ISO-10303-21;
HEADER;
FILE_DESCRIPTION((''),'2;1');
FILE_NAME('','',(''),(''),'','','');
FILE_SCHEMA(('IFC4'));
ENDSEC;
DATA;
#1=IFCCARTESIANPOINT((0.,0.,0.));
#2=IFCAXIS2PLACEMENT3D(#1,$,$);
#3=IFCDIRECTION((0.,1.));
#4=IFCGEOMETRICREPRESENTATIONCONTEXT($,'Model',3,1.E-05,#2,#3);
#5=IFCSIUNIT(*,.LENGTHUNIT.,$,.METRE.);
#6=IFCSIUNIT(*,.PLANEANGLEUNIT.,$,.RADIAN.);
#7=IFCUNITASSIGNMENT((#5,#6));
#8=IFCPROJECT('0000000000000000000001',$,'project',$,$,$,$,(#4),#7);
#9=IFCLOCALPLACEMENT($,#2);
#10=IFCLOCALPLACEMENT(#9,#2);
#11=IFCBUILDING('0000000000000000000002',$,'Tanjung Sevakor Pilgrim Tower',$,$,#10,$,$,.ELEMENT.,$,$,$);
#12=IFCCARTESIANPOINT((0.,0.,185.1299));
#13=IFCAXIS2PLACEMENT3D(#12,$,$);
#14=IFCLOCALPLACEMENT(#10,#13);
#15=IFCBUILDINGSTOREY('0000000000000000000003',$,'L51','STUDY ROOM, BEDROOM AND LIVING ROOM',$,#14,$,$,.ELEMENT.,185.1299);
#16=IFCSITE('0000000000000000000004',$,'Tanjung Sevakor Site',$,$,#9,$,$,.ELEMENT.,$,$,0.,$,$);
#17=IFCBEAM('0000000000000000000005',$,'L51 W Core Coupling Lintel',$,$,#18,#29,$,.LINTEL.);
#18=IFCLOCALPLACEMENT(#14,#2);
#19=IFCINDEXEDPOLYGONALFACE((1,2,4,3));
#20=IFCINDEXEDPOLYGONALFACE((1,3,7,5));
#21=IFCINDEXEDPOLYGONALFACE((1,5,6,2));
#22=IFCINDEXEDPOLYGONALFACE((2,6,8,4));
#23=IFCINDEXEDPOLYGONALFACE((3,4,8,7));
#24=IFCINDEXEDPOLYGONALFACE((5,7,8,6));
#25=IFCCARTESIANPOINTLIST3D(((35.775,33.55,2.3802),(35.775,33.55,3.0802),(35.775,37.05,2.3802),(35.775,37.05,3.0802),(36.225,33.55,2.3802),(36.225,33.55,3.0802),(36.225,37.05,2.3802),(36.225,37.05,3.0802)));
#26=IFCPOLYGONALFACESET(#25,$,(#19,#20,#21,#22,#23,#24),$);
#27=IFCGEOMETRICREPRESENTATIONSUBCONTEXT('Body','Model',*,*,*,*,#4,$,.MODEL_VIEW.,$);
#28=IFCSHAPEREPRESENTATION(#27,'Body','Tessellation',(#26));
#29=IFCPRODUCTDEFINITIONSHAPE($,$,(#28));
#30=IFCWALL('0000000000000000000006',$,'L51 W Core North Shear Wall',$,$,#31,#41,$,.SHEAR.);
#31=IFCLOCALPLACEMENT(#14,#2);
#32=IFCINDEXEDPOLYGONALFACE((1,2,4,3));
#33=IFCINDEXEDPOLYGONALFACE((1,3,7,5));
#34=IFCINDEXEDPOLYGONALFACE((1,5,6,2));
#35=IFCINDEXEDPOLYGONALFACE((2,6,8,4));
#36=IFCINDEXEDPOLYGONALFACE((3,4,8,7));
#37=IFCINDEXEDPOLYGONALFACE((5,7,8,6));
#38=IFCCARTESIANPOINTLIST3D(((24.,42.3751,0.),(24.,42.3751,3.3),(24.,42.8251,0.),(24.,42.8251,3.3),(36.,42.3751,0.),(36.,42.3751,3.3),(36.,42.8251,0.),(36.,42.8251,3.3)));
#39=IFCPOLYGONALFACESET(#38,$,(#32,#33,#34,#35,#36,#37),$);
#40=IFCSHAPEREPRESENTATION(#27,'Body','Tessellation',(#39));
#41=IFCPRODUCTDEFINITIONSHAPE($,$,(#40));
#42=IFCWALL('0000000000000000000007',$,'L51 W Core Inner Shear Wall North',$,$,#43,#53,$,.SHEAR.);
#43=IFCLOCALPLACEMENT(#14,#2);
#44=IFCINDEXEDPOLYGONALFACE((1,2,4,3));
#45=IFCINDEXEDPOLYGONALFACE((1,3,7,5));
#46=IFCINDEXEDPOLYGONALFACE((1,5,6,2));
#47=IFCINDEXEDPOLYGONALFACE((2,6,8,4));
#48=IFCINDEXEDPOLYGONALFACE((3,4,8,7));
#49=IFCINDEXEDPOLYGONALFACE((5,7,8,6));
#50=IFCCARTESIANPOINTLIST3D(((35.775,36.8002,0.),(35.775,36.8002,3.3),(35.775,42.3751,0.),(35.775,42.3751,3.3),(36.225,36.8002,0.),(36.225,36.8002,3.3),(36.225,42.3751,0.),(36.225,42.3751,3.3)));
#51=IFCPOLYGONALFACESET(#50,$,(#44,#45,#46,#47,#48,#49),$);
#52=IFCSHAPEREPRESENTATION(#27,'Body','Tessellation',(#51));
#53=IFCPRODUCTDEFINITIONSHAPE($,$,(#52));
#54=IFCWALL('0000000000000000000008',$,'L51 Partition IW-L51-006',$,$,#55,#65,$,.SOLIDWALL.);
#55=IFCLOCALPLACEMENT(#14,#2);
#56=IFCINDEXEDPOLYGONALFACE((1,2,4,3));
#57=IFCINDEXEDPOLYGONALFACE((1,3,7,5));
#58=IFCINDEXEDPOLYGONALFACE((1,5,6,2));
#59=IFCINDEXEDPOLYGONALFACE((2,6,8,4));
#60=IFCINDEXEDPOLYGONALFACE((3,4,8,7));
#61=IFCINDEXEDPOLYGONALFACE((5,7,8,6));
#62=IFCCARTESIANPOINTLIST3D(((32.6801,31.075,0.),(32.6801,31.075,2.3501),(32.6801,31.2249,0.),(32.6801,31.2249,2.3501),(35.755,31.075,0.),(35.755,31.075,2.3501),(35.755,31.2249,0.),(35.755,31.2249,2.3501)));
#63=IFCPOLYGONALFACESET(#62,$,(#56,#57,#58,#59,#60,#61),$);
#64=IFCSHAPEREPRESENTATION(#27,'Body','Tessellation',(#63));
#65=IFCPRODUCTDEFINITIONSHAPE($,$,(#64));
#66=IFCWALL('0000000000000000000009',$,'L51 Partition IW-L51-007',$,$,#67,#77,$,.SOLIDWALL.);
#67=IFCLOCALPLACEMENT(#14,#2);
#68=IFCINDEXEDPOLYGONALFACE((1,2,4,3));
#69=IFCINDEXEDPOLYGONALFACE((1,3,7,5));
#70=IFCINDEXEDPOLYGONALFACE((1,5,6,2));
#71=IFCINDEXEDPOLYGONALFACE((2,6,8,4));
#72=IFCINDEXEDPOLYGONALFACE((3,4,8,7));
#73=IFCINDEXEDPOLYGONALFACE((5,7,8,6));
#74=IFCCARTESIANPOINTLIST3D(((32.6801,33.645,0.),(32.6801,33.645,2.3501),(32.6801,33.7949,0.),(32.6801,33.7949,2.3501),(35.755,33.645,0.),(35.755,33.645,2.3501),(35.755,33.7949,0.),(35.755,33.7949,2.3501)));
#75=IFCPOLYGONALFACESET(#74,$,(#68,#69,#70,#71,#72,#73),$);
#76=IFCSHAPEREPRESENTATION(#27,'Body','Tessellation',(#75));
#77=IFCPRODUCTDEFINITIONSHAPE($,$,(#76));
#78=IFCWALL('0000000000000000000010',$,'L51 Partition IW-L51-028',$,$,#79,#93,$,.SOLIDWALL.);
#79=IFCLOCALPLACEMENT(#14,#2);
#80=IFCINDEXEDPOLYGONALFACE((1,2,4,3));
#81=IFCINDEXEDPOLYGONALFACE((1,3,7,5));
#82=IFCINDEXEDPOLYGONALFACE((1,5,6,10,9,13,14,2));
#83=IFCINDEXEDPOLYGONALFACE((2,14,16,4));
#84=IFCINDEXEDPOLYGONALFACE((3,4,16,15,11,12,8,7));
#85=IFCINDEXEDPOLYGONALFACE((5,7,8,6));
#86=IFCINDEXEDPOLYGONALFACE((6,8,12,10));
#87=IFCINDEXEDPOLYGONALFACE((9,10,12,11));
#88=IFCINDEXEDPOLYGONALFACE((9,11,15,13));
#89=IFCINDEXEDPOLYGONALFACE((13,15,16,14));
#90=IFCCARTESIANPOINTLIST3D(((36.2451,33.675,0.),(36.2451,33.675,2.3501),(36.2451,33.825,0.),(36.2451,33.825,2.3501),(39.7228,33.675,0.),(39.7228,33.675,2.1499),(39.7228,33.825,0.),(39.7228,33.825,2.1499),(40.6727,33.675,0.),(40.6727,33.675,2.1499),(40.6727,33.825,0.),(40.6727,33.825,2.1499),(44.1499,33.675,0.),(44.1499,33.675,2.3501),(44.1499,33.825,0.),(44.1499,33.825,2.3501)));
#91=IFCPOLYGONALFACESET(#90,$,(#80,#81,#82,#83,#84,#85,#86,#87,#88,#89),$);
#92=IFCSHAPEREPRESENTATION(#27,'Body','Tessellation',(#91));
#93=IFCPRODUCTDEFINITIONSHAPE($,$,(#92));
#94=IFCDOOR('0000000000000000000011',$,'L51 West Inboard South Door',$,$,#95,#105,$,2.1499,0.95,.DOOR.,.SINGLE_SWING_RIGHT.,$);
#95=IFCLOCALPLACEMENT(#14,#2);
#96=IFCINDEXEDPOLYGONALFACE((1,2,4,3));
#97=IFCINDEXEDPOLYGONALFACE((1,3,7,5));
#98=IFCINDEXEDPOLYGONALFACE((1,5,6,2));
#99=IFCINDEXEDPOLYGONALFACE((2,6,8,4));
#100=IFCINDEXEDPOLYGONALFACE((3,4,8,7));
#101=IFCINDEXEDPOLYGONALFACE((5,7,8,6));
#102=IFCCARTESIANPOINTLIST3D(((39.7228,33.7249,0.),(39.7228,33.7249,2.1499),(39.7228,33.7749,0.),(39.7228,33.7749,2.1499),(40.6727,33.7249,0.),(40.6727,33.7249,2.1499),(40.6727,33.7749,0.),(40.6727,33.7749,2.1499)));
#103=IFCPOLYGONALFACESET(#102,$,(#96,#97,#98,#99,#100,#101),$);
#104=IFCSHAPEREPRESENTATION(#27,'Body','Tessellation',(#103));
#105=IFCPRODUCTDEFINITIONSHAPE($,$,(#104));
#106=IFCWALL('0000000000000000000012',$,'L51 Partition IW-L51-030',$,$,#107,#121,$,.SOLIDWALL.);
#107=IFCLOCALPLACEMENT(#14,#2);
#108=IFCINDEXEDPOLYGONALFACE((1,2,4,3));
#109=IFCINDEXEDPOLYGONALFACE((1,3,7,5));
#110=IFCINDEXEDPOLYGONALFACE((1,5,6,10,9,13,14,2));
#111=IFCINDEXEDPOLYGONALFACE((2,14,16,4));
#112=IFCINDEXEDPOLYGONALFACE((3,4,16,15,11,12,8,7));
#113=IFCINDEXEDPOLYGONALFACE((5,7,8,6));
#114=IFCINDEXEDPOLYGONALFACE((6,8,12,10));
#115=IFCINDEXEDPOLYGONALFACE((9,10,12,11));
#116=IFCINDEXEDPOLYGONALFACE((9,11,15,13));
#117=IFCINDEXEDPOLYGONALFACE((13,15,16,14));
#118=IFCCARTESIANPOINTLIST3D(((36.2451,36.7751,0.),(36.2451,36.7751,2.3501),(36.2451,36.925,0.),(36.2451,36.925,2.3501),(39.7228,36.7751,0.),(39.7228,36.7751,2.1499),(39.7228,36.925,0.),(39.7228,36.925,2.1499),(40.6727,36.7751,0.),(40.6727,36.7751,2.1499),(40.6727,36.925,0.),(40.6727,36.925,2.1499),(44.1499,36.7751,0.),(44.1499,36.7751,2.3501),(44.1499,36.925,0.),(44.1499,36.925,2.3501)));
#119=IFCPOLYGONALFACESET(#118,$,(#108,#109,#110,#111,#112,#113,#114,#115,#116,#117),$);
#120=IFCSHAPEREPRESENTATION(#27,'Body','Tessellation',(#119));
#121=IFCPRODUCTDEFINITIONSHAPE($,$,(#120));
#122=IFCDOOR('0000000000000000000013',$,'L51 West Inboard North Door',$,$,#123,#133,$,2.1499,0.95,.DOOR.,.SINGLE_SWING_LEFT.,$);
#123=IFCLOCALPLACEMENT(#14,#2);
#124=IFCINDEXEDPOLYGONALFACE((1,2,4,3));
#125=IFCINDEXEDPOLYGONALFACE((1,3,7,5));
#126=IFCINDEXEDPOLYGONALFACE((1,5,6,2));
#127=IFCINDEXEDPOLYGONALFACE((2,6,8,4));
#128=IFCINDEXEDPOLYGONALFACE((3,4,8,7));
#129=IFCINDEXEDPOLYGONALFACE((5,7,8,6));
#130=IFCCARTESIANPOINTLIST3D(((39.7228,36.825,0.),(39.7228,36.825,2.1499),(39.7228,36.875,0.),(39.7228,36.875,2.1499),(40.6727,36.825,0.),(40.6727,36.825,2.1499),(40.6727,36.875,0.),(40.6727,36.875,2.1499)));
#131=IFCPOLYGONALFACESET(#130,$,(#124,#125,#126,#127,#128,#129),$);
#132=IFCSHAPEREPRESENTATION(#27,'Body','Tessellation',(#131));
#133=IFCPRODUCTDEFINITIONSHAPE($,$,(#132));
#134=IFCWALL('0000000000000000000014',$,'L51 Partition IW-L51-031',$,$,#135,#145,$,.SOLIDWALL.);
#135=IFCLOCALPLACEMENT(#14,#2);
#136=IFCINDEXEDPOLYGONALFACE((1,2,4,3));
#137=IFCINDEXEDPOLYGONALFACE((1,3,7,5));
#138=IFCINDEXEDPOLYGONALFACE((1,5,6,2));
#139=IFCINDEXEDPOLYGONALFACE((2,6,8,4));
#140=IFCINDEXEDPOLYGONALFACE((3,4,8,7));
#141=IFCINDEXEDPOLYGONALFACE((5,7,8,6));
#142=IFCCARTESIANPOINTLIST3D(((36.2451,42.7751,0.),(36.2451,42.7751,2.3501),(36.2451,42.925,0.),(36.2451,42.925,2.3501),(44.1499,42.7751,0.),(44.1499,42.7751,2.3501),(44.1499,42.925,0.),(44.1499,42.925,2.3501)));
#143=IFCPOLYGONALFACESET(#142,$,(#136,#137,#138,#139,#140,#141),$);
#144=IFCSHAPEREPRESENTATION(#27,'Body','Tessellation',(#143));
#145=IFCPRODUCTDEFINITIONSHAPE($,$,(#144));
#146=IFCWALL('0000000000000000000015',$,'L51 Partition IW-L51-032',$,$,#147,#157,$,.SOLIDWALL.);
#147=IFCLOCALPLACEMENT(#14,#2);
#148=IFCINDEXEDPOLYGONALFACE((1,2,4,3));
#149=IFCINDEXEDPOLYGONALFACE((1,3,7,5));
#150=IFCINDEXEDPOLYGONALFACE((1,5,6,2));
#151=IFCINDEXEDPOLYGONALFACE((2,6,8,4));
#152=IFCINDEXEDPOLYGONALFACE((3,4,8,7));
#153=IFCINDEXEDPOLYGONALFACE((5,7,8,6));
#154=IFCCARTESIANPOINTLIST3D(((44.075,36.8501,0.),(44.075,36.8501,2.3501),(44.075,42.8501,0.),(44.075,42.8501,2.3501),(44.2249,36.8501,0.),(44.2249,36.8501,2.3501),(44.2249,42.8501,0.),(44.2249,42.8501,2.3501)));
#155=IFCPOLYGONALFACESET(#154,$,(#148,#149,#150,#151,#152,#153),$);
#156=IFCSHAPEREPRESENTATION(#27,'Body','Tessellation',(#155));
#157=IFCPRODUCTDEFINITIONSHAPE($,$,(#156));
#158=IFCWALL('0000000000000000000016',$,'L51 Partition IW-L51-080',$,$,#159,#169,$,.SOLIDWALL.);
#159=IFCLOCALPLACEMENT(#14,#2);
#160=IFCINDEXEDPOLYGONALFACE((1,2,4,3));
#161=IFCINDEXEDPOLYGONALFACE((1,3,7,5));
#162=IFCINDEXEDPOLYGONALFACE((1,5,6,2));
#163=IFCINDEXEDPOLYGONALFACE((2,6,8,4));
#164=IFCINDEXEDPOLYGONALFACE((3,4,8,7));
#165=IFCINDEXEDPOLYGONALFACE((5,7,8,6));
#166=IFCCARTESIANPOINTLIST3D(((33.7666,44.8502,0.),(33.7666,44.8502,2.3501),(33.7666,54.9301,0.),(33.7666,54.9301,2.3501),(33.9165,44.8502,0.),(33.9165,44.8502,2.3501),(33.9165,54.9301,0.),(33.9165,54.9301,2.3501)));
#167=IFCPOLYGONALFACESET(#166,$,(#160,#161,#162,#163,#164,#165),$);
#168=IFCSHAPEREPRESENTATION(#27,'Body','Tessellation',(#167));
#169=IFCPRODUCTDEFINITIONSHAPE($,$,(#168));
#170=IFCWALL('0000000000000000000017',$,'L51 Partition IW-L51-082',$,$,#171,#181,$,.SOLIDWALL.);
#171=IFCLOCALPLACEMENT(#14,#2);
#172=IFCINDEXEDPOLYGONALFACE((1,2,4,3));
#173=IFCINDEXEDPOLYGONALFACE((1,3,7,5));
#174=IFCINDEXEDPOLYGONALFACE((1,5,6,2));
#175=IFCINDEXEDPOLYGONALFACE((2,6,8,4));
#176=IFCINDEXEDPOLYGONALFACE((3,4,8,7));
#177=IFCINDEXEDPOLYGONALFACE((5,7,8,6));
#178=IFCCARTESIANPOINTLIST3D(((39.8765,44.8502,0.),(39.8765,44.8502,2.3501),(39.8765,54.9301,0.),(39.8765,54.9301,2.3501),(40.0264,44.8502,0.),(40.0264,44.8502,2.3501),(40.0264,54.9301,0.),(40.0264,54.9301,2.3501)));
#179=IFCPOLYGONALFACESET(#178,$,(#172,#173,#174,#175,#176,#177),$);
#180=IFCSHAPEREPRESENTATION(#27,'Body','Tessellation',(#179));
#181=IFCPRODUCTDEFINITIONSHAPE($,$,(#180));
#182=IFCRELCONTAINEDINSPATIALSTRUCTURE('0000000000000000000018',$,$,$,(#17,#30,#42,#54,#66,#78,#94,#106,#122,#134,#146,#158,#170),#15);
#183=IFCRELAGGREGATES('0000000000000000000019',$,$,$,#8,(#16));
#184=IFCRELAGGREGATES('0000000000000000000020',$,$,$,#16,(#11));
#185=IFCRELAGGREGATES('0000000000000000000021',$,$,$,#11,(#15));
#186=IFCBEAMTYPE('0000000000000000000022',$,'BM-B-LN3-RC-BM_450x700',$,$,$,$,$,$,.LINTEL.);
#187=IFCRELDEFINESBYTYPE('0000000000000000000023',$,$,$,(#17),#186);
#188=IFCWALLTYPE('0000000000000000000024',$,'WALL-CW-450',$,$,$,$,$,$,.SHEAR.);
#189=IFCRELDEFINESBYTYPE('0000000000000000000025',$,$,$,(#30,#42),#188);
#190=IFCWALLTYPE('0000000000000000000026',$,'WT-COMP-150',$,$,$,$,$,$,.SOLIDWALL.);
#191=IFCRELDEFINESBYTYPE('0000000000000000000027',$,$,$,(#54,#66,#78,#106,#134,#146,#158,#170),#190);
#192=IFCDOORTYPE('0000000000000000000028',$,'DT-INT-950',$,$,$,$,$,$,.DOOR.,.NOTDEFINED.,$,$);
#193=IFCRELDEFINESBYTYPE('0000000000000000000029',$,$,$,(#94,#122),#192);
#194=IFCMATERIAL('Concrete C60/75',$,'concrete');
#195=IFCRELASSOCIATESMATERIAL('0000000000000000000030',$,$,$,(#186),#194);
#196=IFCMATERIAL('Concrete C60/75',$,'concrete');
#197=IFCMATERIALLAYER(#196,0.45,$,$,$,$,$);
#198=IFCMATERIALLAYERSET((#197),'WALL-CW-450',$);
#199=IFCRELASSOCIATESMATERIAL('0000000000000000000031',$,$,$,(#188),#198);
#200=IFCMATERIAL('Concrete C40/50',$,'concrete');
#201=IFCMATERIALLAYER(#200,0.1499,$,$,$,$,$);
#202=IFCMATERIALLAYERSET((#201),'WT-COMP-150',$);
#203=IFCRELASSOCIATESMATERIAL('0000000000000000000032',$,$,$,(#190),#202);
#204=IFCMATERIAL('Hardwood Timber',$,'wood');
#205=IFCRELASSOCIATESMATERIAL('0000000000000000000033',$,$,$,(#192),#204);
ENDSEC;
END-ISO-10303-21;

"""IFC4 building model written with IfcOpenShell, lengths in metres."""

from ifc_helpers import new_model, si_unit, direction, frame, frame_2d, origin, origin_2d, place, context, subcontext, project, spatial, rectangle, extrude, material, layer, layer_set, material_profile, profile_set, type_object, element, fill, save


model = new_model("IFC4")

# Units and contexts
model_context = context("Model", 3, precision=1e-05, world=origin(), true_north=direction((0.0, 1.0)))
body_context = subcontext(model_context, "Body", "Model", "MODEL_VIEW")
ifc_project = project(units=[si_unit("LENGTHUNIT", "METRE"), si_unit("PLANEANGLEUNIT", "RADIAN")], contexts=[model_context])

# Site, building, storey
site_placement = place(None, origin())
site = spatial("IfcSite", under=ifc_project, at=site_placement, Name="Tanjung Sevakor Site", CompositionType="ELEMENT", RefElevation=0.0)
building_placement = place(site_placement, origin())
building = spatial("IfcBuilding", under=site, at=building_placement, Name="Tanjung Sevakor Pilgrim Tower", CompositionType="ELEMENT")
storey_placement = place(building_placement, frame((0.0, 0.0, 185.1299)))
storey = spatial("IfcBuildingStorey", under=building, at=storey_placement, Name="L51", Description="STUDY ROOM, BEDROOM AND LIVING ROOM", CompositionType="ELEMENT", Elevation=185.1299)

# Beam
ifc_material_1 = material(Name="Concrete C60/75", Category="concrete")
ifc_material_profile_1 = material_profile(ifc_material_1, rectangle(XDim=0.45, YDim=0.7, at=origin_2d()))
ifc_profile_set_1 = profile_set([ifc_material_profile_1], Name="Concrete C60/75")
beam_type_1 = type_object("IfcBeamType", Name="BM-B-LN3-RC-BM_450x700", PredefinedType="LINTEL", material=ifc_profile_set_1)
beam_1_placement = place(storey_placement, frame((36.0, 33.55, 2.7302), z_axis=(0.0, 1.0, 0.0), x_axis=(-1.0, 0.0, 0.0)))
element("IfcBeam", 1, at=beam_1_placement, inside=storey, type_object=beam_type_1, Name="L51 W Core Coupling Lintel", PredefinedType="LINTEL", context=body_context, shape_type="SweptSolid", body=[
    extrude(rectangle(XDim=0.45, YDim=0.7, at=origin_2d()), origin(), (0.0, 0.0, 1.0), 3.5),
])

# Walls
ifc_material_2 = material(Name="Concrete C60/75", Category="concrete")
ifc_layer_1 = layer(ifc_material_2, 0.45)
ifc_layer_set_1 = layer_set([ifc_layer_1], Name="WALL-CW-450")
wall_type_1 = type_object("IfcWallType", Name="WALL-CW-450", PredefinedType="SHEAR", material=ifc_layer_set_1)
wall_1_placement = place(storey_placement, frame((36.0, 42.6001, 0.0), z_axis=(0.0, 0.0, 1.0), x_axis=(-1.0, 0.0, 0.0)))
element("IfcWall", 2, at=wall_1_placement, inside=storey, type_object=wall_type_1, Name="L51 W Core North Shear Wall", PredefinedType="SHEAR", context=body_context, shape_type="SweptSolid", body=[
    extrude(rectangle(XDim=12.0, YDim=0.45, at=frame_2d((6.0, 0.0))), origin(), (0.0, 0.0, 1.0), 3.3),
])
wall_2_placement = place(storey_placement, frame((36.0, 36.8, 0.0), z_axis=(0.0, 0.0, 1.0), x_axis=(0.0, 1.0, 0.0)))
element("IfcWall", 3, at=wall_2_placement, inside=storey, type_object=wall_type_1, Name="L51 W Core Inner Shear Wall North", PredefinedType="SHEAR", context=body_context, shape_type="SweptSolid", body=[
    extrude(rectangle(XDim=5.575, YDim=0.45, at=frame_2d((2.7876, 0.0))), origin(), (0.0, 0.0, 1.0), 3.3),
])
ifc_material_3 = material(Name="Concrete C40/50", Category="concrete")
ifc_layer_2 = layer(ifc_material_3, 0.1499)
ifc_layer_set_2 = layer_set([ifc_layer_2], Name="WT-COMP-150")
wall_type_2 = type_object("IfcWallType", Name="WT-COMP-150", PredefinedType="SOLIDWALL", material=ifc_layer_set_2)
for number, where, z_axis, x_axis, name in (
    (4, (32.6799, 31.1499, 0.0), (0.0, 0.0, 1.0), (1.0, 0.0, 0.0), "L51 Partition IW-L51-006"),
    (5, (32.6799, 33.72, 0.0), (0.0, 0.0, 1.0), (1.0, 0.0, 0.0), "L51 Partition IW-L51-007"),
):
    element("IfcWall", number, at=place(storey_placement, frame(where, z_axis=z_axis, x_axis=x_axis)), inside=storey, type_object=wall_type_2, Name=name, PredefinedType="SOLIDWALL", context=body_context, shape_type="SweptSolid", body=[
        extrude(rectangle(XDim=3.075, YDim=0.1499, at=frame_2d((1.5376, 0.0))), origin(), (0.0, 0.0, 1.0), 2.3501),
    ])

# Walls, openings, doors
wall_3_placement = place(storey_placement, frame((36.2451, 33.75, 0.0), z_axis=(0.0, 0.0, 1.0), x_axis=(1.0, 0.0, 0.0)))
wall_3 = element("IfcWall", 6, at=wall_3_placement, inside=storey, type_object=wall_type_2, Name="L51 Partition IW-L51-028", PredefinedType="SOLIDWALL", context=body_context, shape_type="SweptSolid", body=[
    extrude(rectangle(XDim=7.9048, YDim=0.1499, at=frame_2d((3.9524, 0.0))), origin(), (0.0, 0.0, 1.0), 2.3501),
])
opening_1_placement = place(wall_3_placement, frame((3.4775, 0.0, 0.0)))
opening_1 = element("IfcOpeningElement", 7, at=opening_1_placement, cuts=wall_3, PredefinedType="OPENING", context=body_context, shape_type="SweptSolid", body=[
    extrude(rectangle(XDim=0.95, YDim=2.1499, at=frame_2d((0.4751, 1.075))), frame((0.0, 0.085, 0.0), z_axis=(0.0, -1.0, 0.0), x_axis=(1.0, 0.0, 0.0)), (0.0, 0.0, 1.0), 0.1699),
])
ifc_material_4 = material(Name="Hardwood Timber", Category="wood")
door_type_1 = type_object("IfcDoorType", Name="DT-INT-950", OperationType="NOTDEFINED", PredefinedType="DOOR", material=ifc_material_4)
door_1_placement = place(opening_1_placement, origin())
door_1 = element("IfcDoor", 8, at=door_1_placement, inside=storey, type_object=door_type_1, Name="L51 West Inboard South Door", OperationType="SINGLE_SWING_RIGHT", OverallHeight=2.1499, OverallWidth=0.95, PredefinedType="DOOR", context=body_context, shape_type="SweptSolid", body=[
    extrude(rectangle(XDim=0.95, YDim=2.1499, at=frame_2d((0.4751, 1.075))), frame((0.0, 0.0249, 0.0), z_axis=(0.0, -1.0, 0.0), x_axis=(1.0, 0.0, 0.0)), (0.0, 0.0, 1.0), 0.05),
])
fill(opening_1, door_1)
wall_4_placement = place(storey_placement, frame((36.2451, 36.8501, 0.0), z_axis=(0.0, 0.0, 1.0), x_axis=(1.0, 0.0, 0.0)))
wall_4 = element("IfcWall", 9, at=wall_4_placement, inside=storey, type_object=wall_type_2, Name="L51 Partition IW-L51-030", PredefinedType="SOLIDWALL", context=body_context, shape_type="SweptSolid", body=[
    extrude(rectangle(XDim=7.9048, YDim=0.1499, at=frame_2d((3.9524, 0.0))), origin(), (0.0, 0.0, 1.0), 2.3501),
])
opening_2_placement = place(wall_4_placement, frame((3.4775, 0.0, 0.0)))
opening_2 = element("IfcOpeningElement", 10, at=opening_2_placement, cuts=wall_4, PredefinedType="OPENING", context=body_context, shape_type="SweptSolid", body=[
    extrude(rectangle(XDim=0.95, YDim=2.1499, at=frame_2d((0.4751, 1.075))), frame((0.0, 0.085, 0.0), z_axis=(0.0, -1.0, 0.0), x_axis=(1.0, 0.0, 0.0)), (0.0, 0.0, 1.0), 0.1699),
])
door_2_placement = place(opening_2_placement, origin())
door_2 = element("IfcDoor", 11, at=door_2_placement, inside=storey, type_object=door_type_1, Name="L51 West Inboard North Door", OperationType="SINGLE_SWING_LEFT", OverallHeight=2.1499, OverallWidth=0.95, PredefinedType="DOOR", context=body_context, shape_type="SweptSolid", body=[
    extrude(rectangle(XDim=0.95, YDim=2.1499, at=frame_2d((0.4751, 1.075))), frame((0.0, 0.0249, 0.0), z_axis=(0.0, -1.0, 0.0), x_axis=(1.0, 0.0, 0.0)), (0.0, 0.0, 1.0), 0.05),
])
fill(opening_2, door_2)

# Walls
wall_5_placement = place(storey_placement, frame((36.2451, 42.8501, 0.0), z_axis=(0.0, 0.0, 1.0), x_axis=(1.0, 0.0, 0.0)))
element("IfcWall", 12, at=wall_5_placement, inside=storey, type_object=wall_type_2, Name="L51 Partition IW-L51-031", PredefinedType="SOLIDWALL", context=body_context, shape_type="SweptSolid", body=[
    extrude(rectangle(XDim=7.9048, YDim=0.1499, at=frame_2d((3.9524, 0.0))), origin(), (0.0, 0.0, 1.0), 2.3501),
])
wall_6_placement = place(storey_placement, frame((44.1499, 36.8501, 0.0), z_axis=(0.0, 0.0, 1.0), x_axis=(0.0, 1.0, 0.0)))
element("IfcWall", 13, at=wall_6_placement, inside=storey, type_object=wall_type_2, Name="L51 Partition IW-L51-032", PredefinedType="SOLIDWALL", context=body_context, shape_type="SweptSolid", body=[
    extrude(rectangle(XDim=6.0, YDim=0.1499, at=frame_2d((3.0, 0.0))), origin(), (0.0, 0.0, 1.0), 2.3501),
])
for number, where, z_axis, x_axis, name in (
    (14, (33.8416, 44.8501, 0.0), (0.0, 0.0, 1.0), (0.0, 1.0, 0.0), "L51 Partition IW-L51-080"),
    (15, (39.9514, 44.8501, 0.0), (0.0, 0.0, 1.0), (0.0, 1.0, 0.0), "L51 Partition IW-L51-082"),
):
    element("IfcWall", number, at=place(storey_placement, frame(where, z_axis=z_axis, x_axis=x_axis)), inside=storey, type_object=wall_type_2, Name=name, PredefinedType="SOLIDWALL", context=body_context, shape_type="SweptSolid", body=[
        extrude(rectangle(XDim=10.0798, YDim=0.1499, at=frame_2d((5.04, 0.0))), origin(), (0.0, 0.0, 1.0), 2.3501),
    ])

save(model, "model.ifc")
